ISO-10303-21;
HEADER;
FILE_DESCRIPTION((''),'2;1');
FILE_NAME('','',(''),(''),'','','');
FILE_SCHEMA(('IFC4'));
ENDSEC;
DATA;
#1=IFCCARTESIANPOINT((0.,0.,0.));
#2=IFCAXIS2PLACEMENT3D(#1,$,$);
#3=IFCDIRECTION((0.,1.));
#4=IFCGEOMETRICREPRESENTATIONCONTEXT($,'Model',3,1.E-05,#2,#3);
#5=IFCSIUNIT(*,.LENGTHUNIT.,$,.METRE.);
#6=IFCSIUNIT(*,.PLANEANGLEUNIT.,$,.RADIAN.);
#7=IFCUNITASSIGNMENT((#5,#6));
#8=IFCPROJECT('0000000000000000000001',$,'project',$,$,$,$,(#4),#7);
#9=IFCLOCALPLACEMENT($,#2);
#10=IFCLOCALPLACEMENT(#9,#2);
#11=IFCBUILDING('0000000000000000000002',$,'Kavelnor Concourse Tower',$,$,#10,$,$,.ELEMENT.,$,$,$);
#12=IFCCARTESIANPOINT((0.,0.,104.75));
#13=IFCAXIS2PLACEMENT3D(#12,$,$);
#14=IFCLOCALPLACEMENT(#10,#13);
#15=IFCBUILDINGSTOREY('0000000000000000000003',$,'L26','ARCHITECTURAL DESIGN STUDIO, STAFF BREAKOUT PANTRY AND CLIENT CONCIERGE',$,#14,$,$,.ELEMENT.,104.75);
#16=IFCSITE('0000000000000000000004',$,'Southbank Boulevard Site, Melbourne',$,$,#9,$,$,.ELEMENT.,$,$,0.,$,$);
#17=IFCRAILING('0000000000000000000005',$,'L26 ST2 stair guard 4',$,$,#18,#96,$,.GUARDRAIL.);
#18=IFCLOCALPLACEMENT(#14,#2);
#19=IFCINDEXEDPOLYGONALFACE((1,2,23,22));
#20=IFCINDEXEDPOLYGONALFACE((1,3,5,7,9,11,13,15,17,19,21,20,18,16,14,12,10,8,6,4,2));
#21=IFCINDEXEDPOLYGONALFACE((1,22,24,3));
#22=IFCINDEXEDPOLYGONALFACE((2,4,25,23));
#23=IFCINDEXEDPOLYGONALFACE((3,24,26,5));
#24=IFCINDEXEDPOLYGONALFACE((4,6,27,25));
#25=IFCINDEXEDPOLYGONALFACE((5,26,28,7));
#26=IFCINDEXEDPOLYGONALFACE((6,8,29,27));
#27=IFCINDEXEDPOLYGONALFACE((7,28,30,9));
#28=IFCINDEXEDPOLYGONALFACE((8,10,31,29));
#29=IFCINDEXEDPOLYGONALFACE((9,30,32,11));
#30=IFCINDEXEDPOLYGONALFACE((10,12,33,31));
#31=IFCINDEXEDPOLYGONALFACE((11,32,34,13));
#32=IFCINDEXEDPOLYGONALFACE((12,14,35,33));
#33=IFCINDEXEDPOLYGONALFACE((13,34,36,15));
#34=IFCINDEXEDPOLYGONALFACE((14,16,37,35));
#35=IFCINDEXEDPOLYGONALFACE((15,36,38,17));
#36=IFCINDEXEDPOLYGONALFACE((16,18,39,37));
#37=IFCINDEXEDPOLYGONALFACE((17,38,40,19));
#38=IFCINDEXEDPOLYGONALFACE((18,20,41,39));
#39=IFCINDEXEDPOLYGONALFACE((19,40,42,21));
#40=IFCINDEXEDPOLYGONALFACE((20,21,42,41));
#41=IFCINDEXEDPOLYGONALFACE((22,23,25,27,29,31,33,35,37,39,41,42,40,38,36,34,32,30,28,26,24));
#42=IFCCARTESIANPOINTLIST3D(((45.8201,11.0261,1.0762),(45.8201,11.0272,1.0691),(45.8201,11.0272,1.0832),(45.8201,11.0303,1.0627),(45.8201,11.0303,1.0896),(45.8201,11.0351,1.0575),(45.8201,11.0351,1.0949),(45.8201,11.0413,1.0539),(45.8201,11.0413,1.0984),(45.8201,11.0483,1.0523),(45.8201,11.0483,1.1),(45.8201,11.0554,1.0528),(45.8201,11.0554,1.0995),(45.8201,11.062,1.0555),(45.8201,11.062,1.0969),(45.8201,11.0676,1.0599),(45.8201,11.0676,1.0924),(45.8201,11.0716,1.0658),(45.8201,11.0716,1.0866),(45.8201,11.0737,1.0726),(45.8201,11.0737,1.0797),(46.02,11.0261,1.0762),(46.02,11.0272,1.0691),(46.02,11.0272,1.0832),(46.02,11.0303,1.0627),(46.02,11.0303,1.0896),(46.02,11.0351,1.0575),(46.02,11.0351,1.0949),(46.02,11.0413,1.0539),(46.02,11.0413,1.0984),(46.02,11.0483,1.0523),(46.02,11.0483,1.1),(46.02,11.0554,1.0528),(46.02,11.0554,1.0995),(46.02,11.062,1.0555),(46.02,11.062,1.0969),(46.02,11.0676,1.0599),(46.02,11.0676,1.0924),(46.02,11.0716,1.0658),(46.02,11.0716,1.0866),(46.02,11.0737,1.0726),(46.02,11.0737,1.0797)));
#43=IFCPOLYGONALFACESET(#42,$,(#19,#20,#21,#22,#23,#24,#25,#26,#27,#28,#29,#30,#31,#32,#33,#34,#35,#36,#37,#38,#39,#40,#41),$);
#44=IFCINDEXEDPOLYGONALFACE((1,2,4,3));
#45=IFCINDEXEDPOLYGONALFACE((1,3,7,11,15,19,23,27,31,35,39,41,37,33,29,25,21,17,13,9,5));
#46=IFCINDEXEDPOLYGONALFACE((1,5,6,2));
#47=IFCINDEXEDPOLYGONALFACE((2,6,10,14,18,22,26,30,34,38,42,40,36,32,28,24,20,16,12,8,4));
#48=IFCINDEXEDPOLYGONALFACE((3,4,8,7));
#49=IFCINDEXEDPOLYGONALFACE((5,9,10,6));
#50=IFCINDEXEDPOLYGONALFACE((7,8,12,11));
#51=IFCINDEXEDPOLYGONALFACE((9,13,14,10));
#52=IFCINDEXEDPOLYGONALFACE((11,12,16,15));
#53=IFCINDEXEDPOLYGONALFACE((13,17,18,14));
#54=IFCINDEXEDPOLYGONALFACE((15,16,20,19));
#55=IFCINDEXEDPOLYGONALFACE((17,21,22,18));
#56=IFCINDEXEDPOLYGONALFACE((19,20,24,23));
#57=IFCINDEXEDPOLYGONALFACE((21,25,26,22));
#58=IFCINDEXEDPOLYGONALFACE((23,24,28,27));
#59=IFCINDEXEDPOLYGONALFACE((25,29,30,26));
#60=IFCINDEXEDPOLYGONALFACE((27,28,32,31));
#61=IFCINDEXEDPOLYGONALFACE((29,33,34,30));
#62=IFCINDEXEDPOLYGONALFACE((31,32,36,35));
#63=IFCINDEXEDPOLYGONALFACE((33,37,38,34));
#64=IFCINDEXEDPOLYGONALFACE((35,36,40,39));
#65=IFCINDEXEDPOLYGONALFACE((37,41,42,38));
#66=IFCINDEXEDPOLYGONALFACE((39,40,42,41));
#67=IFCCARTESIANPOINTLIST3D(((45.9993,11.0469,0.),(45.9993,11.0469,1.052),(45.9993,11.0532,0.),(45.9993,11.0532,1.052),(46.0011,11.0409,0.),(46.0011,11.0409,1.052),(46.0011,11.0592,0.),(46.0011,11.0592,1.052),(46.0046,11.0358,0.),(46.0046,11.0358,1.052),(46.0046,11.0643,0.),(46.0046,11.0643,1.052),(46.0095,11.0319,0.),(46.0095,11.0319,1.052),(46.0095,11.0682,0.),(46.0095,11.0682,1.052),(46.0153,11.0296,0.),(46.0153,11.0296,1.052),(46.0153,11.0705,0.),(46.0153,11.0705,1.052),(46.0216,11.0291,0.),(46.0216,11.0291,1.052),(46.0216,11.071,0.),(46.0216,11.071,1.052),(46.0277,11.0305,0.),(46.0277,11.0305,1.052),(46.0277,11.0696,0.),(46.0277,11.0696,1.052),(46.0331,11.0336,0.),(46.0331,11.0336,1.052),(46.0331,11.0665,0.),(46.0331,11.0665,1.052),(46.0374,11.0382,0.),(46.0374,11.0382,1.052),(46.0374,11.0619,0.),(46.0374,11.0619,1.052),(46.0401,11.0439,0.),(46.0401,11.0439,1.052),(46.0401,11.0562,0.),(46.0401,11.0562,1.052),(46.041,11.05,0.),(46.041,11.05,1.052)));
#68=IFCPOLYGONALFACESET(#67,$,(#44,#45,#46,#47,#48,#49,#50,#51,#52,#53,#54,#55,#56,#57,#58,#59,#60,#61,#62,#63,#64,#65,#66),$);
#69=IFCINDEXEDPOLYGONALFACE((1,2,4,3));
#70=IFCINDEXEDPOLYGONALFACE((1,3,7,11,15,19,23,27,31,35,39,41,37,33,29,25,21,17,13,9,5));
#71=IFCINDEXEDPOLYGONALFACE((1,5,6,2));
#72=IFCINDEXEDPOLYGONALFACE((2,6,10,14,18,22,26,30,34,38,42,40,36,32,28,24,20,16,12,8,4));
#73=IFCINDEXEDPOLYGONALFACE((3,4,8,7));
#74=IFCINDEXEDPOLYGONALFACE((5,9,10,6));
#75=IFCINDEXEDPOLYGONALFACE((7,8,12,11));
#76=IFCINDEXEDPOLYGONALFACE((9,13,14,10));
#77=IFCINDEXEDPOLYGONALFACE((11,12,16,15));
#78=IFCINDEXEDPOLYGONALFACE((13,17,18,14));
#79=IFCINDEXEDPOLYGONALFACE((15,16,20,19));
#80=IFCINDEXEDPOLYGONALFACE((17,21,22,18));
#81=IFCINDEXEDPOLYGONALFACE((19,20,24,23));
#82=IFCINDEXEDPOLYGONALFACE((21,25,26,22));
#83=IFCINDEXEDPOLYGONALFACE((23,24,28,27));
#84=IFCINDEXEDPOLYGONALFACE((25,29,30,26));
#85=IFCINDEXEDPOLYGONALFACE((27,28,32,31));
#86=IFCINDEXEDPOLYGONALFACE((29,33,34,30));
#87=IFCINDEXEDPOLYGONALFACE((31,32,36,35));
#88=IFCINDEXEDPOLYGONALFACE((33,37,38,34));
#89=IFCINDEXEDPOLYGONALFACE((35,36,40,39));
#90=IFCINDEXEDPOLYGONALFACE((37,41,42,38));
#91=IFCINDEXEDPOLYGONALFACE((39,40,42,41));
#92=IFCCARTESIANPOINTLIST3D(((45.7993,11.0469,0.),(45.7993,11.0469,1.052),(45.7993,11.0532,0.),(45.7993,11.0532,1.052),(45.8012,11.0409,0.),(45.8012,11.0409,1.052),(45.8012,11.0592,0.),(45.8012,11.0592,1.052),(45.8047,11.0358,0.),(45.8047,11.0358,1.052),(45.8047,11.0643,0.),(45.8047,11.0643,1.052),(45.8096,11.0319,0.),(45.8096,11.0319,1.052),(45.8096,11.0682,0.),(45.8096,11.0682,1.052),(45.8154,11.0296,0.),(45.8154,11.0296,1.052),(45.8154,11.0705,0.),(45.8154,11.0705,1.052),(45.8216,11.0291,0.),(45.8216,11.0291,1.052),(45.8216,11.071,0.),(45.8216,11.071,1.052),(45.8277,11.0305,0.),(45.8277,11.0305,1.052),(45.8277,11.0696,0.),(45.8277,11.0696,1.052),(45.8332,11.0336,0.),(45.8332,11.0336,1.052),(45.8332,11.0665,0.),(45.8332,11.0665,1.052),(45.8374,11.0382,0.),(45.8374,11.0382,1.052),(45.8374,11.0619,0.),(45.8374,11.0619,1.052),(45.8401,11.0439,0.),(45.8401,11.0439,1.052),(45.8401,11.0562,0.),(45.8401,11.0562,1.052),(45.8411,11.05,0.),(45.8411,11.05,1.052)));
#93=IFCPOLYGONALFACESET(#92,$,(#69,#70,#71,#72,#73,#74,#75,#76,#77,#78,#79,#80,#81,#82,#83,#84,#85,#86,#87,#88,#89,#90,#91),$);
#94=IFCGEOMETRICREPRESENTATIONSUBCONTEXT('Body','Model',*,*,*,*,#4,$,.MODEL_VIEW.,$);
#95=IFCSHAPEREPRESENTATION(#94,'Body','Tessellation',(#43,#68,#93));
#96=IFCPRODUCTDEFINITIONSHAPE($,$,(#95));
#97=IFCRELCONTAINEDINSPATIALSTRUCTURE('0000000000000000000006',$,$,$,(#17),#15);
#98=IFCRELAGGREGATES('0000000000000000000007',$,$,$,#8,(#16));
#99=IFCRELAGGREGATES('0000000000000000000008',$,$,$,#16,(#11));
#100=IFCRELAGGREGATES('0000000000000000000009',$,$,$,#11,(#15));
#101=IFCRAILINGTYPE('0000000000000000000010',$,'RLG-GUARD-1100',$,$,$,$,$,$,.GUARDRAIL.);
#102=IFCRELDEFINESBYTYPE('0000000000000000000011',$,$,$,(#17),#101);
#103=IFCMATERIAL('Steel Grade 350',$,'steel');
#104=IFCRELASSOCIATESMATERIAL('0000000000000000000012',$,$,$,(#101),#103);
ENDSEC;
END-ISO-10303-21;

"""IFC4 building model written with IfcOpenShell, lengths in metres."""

from ifc_helpers import new_model, si_unit, direction, frame, origin, origin_2d, place, context, subcontext, project, spatial, circle, extrude, material, type_object, element, save


model = new_model("IFC4")

# Units and contexts
model_context = context("Model", 3, precision=1e-05, world=origin(), true_north=direction((0.0, 1.0)))
body_context = subcontext(model_context, "Body", "Model", "MODEL_VIEW")
ifc_project = project(units=[si_unit("LENGTHUNIT", "METRE"), si_unit("PLANEANGLEUNIT", "RADIAN")], contexts=[model_context])

# Site, building, storey
site_placement = place(None, origin())
site = spatial("IfcSite", under=ifc_project, at=site_placement, Name="Southbank Boulevard Site, Melbourne", CompositionType="ELEMENT", RefElevation=0.0)
building_placement = place(site_placement, origin())
building = spatial("IfcBuilding", under=site, at=building_placement, Name="Kavelnor Concourse Tower", CompositionType="ELEMENT")
storey_placement = place(building_placement, frame((0.0, 0.0, 104.75)))
storey = spatial("IfcBuildingStorey", under=building, at=storey_placement, Name="L26", Description="ARCHITECTURAL DESIGN STUDIO, STAFF BREAKOUT PANTRY AND CLIENT CONCIERGE", CompositionType="ELEMENT", Elevation=104.75)

# Shared definitions
ifc_material_1 = material(Name="Steel Grade 350", Category="steel")

# Railing
railing_type_1 = type_object("IfcRailingType", Name="RLG-GUARD-1100", PredefinedType="GUARDRAIL", material=ifc_material_1)
railing_1_placement = place(storey_placement, frame((46.02, 11.05, 0.0)))
element("IfcRailing", 1, at=railing_1_placement, inside=storey, type_object=railing_type_1, Name="L26 ST2 stair guard 4", PredefinedType="GUARDRAIL", context=body_context, shape_type="SweptSolid", body=[
    extrude(circle(Radius=0.0239, at=origin_2d()), frame((0.0, 0.0, 1.0762), z_axis=(-1.0, 0.0, 0.0), x_axis=(0.0, -1.0, 0.0)), (0.0, 0.0, 1.0), 0.2),
    extrude(circle(Radius=0.021, at=origin_2d()), origin(), (0.0, 0.0, 1.0), 1.052),
    extrude(circle(Radius=0.021, at=origin_2d()), frame((-0.2, 0.0, 0.0)), (0.0, 0.0, 1.0), 1.052),
])

save(model, "model.ifc")
